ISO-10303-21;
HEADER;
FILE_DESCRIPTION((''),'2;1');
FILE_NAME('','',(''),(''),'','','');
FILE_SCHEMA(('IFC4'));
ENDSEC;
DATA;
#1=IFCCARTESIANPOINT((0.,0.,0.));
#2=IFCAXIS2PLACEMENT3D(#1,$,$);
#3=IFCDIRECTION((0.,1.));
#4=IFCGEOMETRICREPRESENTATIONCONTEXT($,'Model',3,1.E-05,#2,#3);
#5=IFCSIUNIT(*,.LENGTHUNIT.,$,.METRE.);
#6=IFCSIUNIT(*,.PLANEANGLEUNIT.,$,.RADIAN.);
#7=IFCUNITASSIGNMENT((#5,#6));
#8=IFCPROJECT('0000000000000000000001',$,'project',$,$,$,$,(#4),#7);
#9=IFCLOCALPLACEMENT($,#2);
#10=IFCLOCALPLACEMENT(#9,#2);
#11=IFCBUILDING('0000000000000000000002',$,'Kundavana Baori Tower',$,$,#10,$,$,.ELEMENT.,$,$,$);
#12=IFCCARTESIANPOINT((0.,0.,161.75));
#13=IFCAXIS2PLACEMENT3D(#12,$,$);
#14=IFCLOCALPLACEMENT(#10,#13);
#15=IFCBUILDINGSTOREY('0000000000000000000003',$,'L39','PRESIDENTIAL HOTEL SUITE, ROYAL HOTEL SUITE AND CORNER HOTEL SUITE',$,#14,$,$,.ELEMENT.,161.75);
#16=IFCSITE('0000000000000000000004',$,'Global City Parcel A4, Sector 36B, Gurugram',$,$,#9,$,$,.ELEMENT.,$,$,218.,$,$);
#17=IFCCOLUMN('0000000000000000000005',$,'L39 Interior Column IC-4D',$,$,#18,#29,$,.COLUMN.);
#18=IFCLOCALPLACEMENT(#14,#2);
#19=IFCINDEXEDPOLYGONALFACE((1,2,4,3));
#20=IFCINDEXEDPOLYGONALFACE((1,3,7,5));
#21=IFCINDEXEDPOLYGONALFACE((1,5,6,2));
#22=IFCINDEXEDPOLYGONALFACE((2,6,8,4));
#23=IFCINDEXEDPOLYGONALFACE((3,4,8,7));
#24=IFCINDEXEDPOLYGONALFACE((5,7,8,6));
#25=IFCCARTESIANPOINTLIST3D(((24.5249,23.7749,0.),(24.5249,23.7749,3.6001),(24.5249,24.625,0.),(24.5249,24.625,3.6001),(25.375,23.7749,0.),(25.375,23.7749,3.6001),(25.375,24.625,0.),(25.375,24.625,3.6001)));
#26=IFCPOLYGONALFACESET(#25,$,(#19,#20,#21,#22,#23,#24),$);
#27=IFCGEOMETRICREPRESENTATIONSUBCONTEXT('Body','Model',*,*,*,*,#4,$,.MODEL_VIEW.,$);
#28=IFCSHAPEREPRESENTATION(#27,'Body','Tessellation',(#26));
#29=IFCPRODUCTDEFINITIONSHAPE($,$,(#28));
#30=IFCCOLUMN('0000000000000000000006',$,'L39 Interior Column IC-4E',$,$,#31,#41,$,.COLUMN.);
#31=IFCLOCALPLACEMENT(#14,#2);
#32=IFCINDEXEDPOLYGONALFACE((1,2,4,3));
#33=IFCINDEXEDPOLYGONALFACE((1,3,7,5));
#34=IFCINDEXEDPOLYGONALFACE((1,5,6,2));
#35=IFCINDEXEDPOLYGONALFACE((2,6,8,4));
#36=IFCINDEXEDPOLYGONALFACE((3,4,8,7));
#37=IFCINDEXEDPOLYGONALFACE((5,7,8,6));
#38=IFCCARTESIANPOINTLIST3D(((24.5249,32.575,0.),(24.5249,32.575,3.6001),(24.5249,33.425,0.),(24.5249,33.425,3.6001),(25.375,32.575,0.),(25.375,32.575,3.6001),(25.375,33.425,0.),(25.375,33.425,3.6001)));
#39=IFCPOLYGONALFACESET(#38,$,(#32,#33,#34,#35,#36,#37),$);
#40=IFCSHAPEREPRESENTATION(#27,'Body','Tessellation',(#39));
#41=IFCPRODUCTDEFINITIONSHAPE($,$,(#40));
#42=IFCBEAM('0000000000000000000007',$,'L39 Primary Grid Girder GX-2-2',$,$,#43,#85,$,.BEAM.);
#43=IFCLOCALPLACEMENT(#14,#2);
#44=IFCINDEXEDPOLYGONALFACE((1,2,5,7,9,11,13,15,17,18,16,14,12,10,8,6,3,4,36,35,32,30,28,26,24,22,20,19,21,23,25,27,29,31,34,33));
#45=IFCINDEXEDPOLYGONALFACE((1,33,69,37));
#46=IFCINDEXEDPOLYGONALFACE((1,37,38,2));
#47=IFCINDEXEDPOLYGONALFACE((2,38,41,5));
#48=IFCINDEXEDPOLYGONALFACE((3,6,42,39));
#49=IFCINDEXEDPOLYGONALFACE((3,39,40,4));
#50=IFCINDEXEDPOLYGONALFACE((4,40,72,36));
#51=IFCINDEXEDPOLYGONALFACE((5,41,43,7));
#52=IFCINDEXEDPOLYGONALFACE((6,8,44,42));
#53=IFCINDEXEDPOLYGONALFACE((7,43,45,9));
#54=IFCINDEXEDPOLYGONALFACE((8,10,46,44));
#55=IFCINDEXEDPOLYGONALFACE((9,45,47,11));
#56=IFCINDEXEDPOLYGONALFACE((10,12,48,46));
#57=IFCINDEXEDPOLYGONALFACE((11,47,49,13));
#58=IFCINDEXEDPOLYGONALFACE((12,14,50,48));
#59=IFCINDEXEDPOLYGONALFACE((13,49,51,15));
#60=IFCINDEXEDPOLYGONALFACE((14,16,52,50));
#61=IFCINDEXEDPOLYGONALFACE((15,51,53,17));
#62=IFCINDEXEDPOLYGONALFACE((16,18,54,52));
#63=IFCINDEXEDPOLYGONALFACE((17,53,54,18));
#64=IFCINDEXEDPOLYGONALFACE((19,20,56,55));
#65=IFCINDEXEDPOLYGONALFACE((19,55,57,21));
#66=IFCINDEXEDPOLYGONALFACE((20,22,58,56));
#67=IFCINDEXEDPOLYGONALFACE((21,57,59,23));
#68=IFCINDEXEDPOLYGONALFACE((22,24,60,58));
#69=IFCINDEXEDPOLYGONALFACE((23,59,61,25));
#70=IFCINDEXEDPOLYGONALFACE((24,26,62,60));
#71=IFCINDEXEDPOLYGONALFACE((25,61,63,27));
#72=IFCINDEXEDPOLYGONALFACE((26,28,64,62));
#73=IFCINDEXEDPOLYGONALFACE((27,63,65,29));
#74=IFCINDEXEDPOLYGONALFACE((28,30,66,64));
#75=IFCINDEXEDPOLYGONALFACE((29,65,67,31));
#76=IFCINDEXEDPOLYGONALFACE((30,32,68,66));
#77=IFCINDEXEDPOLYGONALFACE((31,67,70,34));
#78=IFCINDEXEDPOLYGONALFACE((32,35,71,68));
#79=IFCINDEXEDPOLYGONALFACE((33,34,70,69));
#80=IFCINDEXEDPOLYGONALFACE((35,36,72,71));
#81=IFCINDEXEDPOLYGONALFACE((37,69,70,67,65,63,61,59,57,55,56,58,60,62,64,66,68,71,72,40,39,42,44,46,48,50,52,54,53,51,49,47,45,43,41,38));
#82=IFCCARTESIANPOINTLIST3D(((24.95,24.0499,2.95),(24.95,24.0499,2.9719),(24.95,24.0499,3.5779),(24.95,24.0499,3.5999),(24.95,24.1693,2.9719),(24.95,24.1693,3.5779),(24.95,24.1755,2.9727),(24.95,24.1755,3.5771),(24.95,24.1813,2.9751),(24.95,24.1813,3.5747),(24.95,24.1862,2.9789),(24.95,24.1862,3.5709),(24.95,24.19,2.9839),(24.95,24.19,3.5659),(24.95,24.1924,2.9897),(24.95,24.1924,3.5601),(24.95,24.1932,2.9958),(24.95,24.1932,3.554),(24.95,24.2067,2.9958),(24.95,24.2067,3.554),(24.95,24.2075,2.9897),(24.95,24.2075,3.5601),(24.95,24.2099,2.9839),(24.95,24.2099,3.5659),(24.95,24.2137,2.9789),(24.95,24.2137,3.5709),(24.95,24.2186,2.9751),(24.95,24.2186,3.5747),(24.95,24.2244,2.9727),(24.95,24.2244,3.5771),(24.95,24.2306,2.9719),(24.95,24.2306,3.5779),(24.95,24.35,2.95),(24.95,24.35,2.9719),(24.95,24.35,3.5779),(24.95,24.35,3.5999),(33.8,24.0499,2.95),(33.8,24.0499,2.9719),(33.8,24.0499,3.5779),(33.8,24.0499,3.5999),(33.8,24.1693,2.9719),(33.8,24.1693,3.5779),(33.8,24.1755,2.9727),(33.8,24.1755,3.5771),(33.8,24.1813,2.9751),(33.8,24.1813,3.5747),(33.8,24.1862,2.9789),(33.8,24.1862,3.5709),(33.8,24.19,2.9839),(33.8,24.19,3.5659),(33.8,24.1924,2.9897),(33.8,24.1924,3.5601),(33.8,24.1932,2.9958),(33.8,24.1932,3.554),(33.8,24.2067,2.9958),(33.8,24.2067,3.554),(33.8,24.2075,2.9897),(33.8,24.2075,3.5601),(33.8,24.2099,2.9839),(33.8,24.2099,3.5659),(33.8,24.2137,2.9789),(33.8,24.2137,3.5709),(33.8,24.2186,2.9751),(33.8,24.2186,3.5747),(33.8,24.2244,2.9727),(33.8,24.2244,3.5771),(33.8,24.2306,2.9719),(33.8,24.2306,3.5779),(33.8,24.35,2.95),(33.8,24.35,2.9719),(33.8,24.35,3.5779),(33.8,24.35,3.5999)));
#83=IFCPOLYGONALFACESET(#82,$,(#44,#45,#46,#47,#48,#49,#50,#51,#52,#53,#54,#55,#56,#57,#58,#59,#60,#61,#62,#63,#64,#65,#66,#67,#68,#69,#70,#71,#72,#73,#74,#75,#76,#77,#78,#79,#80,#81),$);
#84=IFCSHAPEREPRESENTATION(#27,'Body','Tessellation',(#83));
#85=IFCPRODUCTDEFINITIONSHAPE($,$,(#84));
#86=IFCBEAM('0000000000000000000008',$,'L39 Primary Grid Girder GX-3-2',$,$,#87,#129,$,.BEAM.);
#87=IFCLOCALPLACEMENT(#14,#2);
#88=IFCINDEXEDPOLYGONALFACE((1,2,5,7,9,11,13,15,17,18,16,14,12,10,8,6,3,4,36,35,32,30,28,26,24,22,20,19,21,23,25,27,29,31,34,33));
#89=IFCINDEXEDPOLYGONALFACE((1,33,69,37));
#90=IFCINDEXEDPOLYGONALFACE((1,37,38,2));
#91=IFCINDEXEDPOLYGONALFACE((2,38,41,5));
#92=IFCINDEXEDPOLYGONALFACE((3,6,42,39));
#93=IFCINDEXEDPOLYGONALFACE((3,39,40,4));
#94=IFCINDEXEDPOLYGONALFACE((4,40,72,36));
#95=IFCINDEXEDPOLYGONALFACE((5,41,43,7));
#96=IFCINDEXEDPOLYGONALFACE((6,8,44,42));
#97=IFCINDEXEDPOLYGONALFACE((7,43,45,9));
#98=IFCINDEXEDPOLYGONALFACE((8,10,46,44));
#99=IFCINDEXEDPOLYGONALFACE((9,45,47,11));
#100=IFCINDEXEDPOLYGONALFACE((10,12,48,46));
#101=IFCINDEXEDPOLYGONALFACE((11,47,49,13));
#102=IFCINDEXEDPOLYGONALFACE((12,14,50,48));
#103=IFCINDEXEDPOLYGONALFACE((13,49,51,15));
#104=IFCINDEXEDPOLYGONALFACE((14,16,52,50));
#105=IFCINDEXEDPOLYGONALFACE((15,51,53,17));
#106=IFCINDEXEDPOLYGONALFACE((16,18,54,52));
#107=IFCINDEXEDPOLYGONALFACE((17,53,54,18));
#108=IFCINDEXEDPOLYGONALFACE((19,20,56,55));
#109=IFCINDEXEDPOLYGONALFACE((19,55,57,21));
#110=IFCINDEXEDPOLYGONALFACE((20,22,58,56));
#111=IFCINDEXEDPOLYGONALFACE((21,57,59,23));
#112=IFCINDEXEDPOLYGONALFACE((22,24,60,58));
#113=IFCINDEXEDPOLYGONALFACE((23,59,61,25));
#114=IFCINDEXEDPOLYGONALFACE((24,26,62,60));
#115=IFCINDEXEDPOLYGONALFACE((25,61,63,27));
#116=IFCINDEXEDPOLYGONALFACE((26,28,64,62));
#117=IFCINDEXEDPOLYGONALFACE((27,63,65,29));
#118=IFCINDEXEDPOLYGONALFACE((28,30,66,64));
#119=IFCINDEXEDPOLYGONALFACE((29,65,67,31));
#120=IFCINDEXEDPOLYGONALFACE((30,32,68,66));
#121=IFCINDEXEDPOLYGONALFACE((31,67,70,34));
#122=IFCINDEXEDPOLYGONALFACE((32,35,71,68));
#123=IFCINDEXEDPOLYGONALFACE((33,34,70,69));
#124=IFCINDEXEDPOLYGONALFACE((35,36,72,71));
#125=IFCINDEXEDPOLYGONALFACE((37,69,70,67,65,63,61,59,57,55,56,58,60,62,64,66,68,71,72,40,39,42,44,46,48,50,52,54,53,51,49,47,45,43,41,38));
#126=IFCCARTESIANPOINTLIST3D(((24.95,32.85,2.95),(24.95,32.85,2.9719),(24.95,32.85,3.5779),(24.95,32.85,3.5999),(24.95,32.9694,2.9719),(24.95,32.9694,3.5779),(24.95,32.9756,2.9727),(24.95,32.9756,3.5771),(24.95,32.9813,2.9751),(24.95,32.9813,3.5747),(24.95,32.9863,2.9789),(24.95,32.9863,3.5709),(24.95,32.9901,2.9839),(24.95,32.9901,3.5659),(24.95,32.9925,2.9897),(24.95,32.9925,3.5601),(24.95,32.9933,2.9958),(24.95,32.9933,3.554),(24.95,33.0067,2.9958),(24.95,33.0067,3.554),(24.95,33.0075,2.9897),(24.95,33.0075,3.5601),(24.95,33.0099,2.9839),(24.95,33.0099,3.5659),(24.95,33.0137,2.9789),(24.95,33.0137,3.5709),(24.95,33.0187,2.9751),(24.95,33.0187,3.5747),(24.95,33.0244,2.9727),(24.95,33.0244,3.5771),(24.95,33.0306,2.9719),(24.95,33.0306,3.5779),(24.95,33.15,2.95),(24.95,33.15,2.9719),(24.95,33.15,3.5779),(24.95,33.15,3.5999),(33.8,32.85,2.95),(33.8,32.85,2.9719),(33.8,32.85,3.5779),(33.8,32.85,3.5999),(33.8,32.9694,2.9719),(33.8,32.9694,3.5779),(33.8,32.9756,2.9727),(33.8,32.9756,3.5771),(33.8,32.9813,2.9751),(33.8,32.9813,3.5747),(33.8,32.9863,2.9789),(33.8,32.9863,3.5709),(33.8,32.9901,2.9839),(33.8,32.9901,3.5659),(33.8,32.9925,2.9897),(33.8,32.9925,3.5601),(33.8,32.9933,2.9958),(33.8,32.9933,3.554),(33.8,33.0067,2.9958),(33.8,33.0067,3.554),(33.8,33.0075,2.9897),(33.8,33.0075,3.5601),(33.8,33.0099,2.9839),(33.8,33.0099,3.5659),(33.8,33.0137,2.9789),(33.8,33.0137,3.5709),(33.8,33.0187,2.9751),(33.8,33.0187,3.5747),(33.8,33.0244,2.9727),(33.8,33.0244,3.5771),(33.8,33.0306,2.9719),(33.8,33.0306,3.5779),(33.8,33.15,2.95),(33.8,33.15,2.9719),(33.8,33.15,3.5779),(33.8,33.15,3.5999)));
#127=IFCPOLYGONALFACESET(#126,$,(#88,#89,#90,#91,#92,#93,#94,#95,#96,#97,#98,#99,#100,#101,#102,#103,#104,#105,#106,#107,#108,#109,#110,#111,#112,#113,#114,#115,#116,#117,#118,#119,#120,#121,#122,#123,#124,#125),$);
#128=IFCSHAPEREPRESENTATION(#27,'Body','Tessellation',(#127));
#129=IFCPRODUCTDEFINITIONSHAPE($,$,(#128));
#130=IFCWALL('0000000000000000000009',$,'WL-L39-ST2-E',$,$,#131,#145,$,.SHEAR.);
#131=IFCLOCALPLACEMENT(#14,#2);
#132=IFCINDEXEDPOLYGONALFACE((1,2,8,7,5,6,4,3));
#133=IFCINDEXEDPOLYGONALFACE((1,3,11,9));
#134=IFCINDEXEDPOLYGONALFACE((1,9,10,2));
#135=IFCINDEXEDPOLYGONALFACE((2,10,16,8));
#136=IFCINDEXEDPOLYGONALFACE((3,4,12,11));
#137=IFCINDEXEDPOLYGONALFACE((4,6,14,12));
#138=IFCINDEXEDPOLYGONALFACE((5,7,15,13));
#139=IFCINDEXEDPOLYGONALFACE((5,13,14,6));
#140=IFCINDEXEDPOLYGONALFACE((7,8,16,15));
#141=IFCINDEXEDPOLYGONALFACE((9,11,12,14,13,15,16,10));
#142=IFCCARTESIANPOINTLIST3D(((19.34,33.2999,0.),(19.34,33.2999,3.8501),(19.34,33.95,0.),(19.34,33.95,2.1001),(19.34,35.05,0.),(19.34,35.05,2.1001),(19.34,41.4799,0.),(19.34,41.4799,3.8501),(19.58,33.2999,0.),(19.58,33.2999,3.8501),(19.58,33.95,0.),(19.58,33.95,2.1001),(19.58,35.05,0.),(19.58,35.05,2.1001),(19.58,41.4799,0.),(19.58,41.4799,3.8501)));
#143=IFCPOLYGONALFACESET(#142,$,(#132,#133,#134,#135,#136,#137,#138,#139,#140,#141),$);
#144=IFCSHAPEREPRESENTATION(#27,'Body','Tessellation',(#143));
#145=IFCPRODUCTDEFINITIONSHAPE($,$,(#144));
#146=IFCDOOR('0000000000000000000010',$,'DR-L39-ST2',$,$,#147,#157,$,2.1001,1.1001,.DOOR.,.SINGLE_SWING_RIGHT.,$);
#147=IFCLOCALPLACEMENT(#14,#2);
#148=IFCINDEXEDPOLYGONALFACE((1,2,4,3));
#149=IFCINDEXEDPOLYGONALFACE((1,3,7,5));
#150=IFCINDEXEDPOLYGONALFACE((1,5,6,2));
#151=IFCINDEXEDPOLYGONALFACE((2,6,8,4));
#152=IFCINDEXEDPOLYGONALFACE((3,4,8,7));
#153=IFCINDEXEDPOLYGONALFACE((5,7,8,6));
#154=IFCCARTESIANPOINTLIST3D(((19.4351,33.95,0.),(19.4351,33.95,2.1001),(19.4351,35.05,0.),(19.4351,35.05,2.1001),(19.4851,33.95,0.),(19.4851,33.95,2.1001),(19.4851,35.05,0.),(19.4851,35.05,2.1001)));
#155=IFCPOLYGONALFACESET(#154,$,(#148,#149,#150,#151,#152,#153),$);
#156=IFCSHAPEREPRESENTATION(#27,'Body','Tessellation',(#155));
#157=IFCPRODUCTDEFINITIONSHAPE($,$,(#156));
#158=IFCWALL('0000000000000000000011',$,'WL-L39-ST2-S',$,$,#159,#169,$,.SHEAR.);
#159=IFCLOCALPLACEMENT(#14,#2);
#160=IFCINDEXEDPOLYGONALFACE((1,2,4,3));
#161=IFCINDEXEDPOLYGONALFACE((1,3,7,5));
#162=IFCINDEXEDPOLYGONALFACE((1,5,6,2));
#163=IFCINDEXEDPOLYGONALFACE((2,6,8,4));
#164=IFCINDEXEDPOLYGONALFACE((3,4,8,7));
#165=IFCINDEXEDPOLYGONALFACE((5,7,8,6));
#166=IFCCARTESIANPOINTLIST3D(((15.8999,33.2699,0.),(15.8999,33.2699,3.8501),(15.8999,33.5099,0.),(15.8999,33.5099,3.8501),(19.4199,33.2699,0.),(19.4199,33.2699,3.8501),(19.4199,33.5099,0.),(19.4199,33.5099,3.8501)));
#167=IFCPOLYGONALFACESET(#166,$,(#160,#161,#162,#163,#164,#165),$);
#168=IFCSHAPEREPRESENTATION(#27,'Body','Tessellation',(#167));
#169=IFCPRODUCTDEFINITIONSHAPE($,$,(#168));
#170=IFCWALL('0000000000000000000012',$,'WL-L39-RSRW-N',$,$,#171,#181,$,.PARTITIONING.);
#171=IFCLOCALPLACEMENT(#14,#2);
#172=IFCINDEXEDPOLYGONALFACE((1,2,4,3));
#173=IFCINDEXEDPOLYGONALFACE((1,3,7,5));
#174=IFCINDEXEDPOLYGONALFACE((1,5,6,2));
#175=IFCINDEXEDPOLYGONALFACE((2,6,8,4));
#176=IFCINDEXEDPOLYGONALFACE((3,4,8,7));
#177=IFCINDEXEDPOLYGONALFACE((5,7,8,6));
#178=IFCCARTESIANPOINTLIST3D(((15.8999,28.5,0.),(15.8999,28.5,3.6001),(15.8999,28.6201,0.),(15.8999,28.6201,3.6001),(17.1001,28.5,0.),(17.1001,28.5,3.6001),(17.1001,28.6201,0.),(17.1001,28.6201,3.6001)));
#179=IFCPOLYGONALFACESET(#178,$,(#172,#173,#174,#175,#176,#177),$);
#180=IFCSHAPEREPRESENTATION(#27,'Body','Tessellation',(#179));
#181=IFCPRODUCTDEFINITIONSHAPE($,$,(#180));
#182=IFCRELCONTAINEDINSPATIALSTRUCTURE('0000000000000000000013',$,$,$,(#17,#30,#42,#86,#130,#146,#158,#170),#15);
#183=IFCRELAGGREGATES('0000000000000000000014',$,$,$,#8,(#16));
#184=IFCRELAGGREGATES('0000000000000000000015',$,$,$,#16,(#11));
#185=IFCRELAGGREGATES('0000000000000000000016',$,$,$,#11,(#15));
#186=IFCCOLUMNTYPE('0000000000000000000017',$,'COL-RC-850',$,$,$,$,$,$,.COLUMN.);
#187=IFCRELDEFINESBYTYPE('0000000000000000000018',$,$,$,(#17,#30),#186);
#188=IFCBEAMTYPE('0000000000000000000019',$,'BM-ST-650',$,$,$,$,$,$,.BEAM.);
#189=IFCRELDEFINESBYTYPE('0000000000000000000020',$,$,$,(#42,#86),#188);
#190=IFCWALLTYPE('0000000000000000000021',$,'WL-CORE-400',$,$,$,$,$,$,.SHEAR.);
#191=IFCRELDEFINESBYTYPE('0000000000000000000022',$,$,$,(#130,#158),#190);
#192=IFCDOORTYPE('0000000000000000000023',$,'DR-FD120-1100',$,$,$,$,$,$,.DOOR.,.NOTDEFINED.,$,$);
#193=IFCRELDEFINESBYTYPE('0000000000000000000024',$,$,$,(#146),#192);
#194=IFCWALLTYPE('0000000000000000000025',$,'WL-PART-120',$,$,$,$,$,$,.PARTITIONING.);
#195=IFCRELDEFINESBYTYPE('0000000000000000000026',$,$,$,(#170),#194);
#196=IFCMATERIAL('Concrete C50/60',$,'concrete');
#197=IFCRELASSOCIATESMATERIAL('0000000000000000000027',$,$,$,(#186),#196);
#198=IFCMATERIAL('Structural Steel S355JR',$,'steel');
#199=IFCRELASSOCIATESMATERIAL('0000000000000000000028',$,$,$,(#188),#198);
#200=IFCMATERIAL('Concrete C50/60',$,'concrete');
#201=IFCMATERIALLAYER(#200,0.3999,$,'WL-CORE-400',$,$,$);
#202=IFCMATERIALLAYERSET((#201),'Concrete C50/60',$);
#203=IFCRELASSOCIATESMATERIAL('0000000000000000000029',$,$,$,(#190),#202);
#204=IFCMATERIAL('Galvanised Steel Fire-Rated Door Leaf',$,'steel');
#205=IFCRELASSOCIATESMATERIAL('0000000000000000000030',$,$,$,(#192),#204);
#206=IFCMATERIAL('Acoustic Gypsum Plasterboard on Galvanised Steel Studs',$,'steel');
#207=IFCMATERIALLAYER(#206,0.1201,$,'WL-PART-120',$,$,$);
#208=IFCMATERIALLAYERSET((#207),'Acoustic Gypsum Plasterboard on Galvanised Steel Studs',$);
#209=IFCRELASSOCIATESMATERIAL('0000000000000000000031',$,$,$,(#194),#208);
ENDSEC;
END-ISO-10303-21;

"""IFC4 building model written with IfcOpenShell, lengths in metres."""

from ifc_helpers import new_model, si_unit, direction, frame, frame_2d, origin, origin_2d, place, context, subcontext, project, spatial, rectangle, i_section, extrude, material, layer, layer_set, material_profile, profile_set, type_object, element, fill, save


model = new_model("IFC4")

# Units and contexts
model_context = context("Model", 3, precision=1e-05, world=origin(), true_north=direction((0.0, 1.0)))
body_context = subcontext(model_context, "Body", "Model", "MODEL_VIEW")
ifc_project = project(units=[si_unit("LENGTHUNIT", "METRE"), si_unit("PLANEANGLEUNIT", "RADIAN")], contexts=[model_context])

# Site, building, storey
site_placement = place(None, origin())
site = spatial("IfcSite", under=ifc_project, at=site_placement, Name="Global City Parcel A4, Sector 36B, Gurugram", CompositionType="ELEMENT", RefElevation=218.0)
building_placement = place(site_placement, origin())
building = spatial("IfcBuilding", under=site, at=building_placement, Name="Kundavana Baori Tower", CompositionType="ELEMENT")
storey_placement = place(building_placement, frame((0.0, 0.0, 161.75)))
storey = spatial("IfcBuildingStorey", under=building, at=storey_placement, Name="L39", Description="PRESIDENTIAL HOTEL SUITE, ROYAL HOTEL SUITE AND CORNER HOTEL SUITE", CompositionType="ELEMENT", Elevation=161.75)

# Columns
ifc_material_1 = material(Name="Concrete C50/60", Category="concrete")
ifc_material_profile_1 = material_profile(ifc_material_1, rectangle(XDim=0.8501, YDim=0.8501, at=origin_2d()), Name="RC 850x850")
ifc_profile_set_1 = profile_set([ifc_material_profile_1], Name="Concrete C50/60")
column_type = type_object("IfcColumnType", Name="COL-RC-850", PredefinedType="COLUMN", material=ifc_profile_set_1)
for number, where, z_axis, x_axis, name in (
    (1, (24.95, 24.2, 0.0), (0.0, 0.0, 1.0), (1.0, 0.0, 0.0), "L39 Interior Column IC-4D"),
    (2, (24.95, 33.0, 0.0), (0.0, 0.0, 1.0), (1.0, 0.0, 0.0), "L39 Interior Column IC-4E"),
):
    element("IfcColumn", number, at=place(storey_placement, frame(where, z_axis=z_axis, x_axis=x_axis)), inside=storey, type_object=column_type, Name=name, PredefinedType="COLUMN", context=body_context, shape_type="SweptSolid", body=[
        extrude(rectangle(XDim=0.8501, YDim=0.8501, at=origin_2d()), origin(), (0.0, 0.0, 1.0), 3.6001),
    ])

# Beams
ifc_material_2 = material(Name="Structural Steel S355JR", Category="steel")
ifc_material_profile_2 = material_profile(ifc_material_2, i_section(OverallWidth=0.3, OverallDepth=0.6499, WebThickness=0.0134, FlangeThickness=0.022, FilletRadius=0.0239, at=origin_2d()), Name="NPB 650x300x155")
ifc_profile_set_2 = profile_set([ifc_material_profile_2], Name="Structural Steel S355JR")
beam_type = type_object("IfcBeamType", Name="BM-ST-650", PredefinedType="BEAM", material=ifc_profile_set_2)
for number, where, z_axis, x_axis, name in (
    (3, (24.95, 24.2, 3.2749), (1.0, 0.0, 0.0), (0.0, 1.0, 0.0), "L39 Primary Grid Girder GX-2-2"),
    (4, (24.95, 33.0, 3.2749), (1.0, 0.0, 0.0), (0.0, 1.0, 0.0), "L39 Primary Grid Girder GX-3-2"),
):
    element("IfcBeam", number, at=place(storey_placement, frame(where, z_axis=z_axis, x_axis=x_axis)), inside=storey, type_object=beam_type, Name=name, PredefinedType="BEAM", context=body_context, shape_type="SweptSolid", body=[
        extrude(i_section(OverallWidth=0.3, OverallDepth=0.6499, WebThickness=0.0134, FlangeThickness=0.022, FilletRadius=0.0239, at=origin_2d()), origin(), (0.0, 0.0, 1.0), 8.8501),
    ])

# Wall, opening, door
ifc_material_3 = material(Name="Concrete C50/60", Category="concrete")
ifc_layer_1 = layer(ifc_material_3, 0.3999, Name="WL-CORE-400")
ifc_layer_set_1 = layer_set([ifc_layer_1], Name="Concrete C50/60")
wall_type_1 = type_object("IfcWallType", Name="WL-CORE-400", PredefinedType="SHEAR", material=ifc_layer_set_1)
wall_1_placement = place(storey_placement, frame((19.46, 33.3, 0.0), z_axis=(0.0, 0.0, 1.0), x_axis=(0.0, 1.0, 0.0)))
wall_1 = element("IfcWall", 5, at=wall_1_placement, inside=storey, type_object=wall_type_1, Name="WL-L39-ST2-E", PredefinedType="SHEAR", context=body_context, shape_type="SweptSolid", body=[
    extrude(rectangle(XDim=8.1799, YDim=0.24, at=frame_2d((4.0898, 0.0))), origin(), (0.0, 0.0, 1.0), 3.8501),
])
opening_1_placement = place(wall_1_placement, frame((0.6499, 0.0, 0.0)))
opening_1 = element("IfcOpeningElement", 6, at=opening_1_placement, cuts=wall_1, PredefinedType="OPENING", context=body_context, shape_type="SweptSolid", body=[
    extrude(rectangle(XDim=1.1001, YDim=2.1001, at=frame_2d((0.55, 1.05))), frame((0.0, 0.1299, 0.0), z_axis=(0.0, -1.0, 0.0), x_axis=(1.0, 0.0, 0.0)), (0.0, 0.0, 1.0), 0.26),
])
ifc_material_4 = material(Name="Galvanised Steel Fire-Rated Door Leaf", Category="steel")
door_type_1 = type_object("IfcDoorType", Name="DR-FD120-1100", OperationType="NOTDEFINED", PredefinedType="DOOR", material=ifc_material_4)
door_1_placement = place(opening_1_placement, origin())
door_1 = element("IfcDoor", 7, at=door_1_placement, inside=storey, type_object=door_type_1, Name="DR-L39-ST2", OperationType="SINGLE_SWING_RIGHT", OverallHeight=2.1001, OverallWidth=1.1001, PredefinedType="DOOR", context=body_context, shape_type="SweptSolid", body=[
    extrude(rectangle(XDim=1.1001, YDim=2.1001, at=frame_2d((0.55, 1.05))), frame((0.0, 0.0249, 0.0), z_axis=(0.0, -1.0, 0.0), x_axis=(1.0, 0.0, 0.0)), (0.0, 0.0, 1.0), 0.05),
])
fill(opening_1, door_1)

# Walls
wall_2_placement = place(storey_placement, frame((15.8999, 33.3899, 0.0), z_axis=(0.0, 0.0, 1.0), x_axis=(1.0, 0.0, 0.0)))
element("IfcWall", 8, at=wall_2_placement, inside=storey, type_object=wall_type_1, Name="WL-L39-ST2-S", PredefinedType="SHEAR", context=body_context, shape_type="SweptSolid", body=[
    extrude(rectangle(XDim=3.52, YDim=0.24, at=frame_2d((1.76, 0.0))), origin(), (0.0, 0.0, 1.0), 3.8501),
])
ifc_material_5 = material(Name="Acoustic Gypsum Plasterboard on Galvanised Steel Studs", Category="steel")
ifc_layer_2 = layer(ifc_material_5, 0.1201, Name="WL-PART-120")
ifc_layer_set_2 = layer_set([ifc_layer_2], Name="Acoustic Gypsum Plasterboard on Galvanised Steel Studs")
wall_type_2 = type_object("IfcWallType", Name="WL-PART-120", PredefinedType="PARTITIONING", material=ifc_layer_set_2)
wall_3_placement = place(storey_placement, frame((15.8999, 28.5601, 0.0), z_axis=(0.0, 0.0, 1.0), x_axis=(1.0, 0.0, 0.0)))
element("IfcWall", 9, at=wall_3_placement, inside=storey, type_object=wall_type_2, Name="WL-L39-RSRW-N", PredefinedType="PARTITIONING", context=body_context, shape_type="SweptSolid", body=[
    extrude(rectangle(XDim=1.2002, YDim=0.1201, at=frame_2d((0.6001, 0.0))), origin(), (0.0, 0.0, 1.0), 3.6001),
])

save(model, "model.ifc")
